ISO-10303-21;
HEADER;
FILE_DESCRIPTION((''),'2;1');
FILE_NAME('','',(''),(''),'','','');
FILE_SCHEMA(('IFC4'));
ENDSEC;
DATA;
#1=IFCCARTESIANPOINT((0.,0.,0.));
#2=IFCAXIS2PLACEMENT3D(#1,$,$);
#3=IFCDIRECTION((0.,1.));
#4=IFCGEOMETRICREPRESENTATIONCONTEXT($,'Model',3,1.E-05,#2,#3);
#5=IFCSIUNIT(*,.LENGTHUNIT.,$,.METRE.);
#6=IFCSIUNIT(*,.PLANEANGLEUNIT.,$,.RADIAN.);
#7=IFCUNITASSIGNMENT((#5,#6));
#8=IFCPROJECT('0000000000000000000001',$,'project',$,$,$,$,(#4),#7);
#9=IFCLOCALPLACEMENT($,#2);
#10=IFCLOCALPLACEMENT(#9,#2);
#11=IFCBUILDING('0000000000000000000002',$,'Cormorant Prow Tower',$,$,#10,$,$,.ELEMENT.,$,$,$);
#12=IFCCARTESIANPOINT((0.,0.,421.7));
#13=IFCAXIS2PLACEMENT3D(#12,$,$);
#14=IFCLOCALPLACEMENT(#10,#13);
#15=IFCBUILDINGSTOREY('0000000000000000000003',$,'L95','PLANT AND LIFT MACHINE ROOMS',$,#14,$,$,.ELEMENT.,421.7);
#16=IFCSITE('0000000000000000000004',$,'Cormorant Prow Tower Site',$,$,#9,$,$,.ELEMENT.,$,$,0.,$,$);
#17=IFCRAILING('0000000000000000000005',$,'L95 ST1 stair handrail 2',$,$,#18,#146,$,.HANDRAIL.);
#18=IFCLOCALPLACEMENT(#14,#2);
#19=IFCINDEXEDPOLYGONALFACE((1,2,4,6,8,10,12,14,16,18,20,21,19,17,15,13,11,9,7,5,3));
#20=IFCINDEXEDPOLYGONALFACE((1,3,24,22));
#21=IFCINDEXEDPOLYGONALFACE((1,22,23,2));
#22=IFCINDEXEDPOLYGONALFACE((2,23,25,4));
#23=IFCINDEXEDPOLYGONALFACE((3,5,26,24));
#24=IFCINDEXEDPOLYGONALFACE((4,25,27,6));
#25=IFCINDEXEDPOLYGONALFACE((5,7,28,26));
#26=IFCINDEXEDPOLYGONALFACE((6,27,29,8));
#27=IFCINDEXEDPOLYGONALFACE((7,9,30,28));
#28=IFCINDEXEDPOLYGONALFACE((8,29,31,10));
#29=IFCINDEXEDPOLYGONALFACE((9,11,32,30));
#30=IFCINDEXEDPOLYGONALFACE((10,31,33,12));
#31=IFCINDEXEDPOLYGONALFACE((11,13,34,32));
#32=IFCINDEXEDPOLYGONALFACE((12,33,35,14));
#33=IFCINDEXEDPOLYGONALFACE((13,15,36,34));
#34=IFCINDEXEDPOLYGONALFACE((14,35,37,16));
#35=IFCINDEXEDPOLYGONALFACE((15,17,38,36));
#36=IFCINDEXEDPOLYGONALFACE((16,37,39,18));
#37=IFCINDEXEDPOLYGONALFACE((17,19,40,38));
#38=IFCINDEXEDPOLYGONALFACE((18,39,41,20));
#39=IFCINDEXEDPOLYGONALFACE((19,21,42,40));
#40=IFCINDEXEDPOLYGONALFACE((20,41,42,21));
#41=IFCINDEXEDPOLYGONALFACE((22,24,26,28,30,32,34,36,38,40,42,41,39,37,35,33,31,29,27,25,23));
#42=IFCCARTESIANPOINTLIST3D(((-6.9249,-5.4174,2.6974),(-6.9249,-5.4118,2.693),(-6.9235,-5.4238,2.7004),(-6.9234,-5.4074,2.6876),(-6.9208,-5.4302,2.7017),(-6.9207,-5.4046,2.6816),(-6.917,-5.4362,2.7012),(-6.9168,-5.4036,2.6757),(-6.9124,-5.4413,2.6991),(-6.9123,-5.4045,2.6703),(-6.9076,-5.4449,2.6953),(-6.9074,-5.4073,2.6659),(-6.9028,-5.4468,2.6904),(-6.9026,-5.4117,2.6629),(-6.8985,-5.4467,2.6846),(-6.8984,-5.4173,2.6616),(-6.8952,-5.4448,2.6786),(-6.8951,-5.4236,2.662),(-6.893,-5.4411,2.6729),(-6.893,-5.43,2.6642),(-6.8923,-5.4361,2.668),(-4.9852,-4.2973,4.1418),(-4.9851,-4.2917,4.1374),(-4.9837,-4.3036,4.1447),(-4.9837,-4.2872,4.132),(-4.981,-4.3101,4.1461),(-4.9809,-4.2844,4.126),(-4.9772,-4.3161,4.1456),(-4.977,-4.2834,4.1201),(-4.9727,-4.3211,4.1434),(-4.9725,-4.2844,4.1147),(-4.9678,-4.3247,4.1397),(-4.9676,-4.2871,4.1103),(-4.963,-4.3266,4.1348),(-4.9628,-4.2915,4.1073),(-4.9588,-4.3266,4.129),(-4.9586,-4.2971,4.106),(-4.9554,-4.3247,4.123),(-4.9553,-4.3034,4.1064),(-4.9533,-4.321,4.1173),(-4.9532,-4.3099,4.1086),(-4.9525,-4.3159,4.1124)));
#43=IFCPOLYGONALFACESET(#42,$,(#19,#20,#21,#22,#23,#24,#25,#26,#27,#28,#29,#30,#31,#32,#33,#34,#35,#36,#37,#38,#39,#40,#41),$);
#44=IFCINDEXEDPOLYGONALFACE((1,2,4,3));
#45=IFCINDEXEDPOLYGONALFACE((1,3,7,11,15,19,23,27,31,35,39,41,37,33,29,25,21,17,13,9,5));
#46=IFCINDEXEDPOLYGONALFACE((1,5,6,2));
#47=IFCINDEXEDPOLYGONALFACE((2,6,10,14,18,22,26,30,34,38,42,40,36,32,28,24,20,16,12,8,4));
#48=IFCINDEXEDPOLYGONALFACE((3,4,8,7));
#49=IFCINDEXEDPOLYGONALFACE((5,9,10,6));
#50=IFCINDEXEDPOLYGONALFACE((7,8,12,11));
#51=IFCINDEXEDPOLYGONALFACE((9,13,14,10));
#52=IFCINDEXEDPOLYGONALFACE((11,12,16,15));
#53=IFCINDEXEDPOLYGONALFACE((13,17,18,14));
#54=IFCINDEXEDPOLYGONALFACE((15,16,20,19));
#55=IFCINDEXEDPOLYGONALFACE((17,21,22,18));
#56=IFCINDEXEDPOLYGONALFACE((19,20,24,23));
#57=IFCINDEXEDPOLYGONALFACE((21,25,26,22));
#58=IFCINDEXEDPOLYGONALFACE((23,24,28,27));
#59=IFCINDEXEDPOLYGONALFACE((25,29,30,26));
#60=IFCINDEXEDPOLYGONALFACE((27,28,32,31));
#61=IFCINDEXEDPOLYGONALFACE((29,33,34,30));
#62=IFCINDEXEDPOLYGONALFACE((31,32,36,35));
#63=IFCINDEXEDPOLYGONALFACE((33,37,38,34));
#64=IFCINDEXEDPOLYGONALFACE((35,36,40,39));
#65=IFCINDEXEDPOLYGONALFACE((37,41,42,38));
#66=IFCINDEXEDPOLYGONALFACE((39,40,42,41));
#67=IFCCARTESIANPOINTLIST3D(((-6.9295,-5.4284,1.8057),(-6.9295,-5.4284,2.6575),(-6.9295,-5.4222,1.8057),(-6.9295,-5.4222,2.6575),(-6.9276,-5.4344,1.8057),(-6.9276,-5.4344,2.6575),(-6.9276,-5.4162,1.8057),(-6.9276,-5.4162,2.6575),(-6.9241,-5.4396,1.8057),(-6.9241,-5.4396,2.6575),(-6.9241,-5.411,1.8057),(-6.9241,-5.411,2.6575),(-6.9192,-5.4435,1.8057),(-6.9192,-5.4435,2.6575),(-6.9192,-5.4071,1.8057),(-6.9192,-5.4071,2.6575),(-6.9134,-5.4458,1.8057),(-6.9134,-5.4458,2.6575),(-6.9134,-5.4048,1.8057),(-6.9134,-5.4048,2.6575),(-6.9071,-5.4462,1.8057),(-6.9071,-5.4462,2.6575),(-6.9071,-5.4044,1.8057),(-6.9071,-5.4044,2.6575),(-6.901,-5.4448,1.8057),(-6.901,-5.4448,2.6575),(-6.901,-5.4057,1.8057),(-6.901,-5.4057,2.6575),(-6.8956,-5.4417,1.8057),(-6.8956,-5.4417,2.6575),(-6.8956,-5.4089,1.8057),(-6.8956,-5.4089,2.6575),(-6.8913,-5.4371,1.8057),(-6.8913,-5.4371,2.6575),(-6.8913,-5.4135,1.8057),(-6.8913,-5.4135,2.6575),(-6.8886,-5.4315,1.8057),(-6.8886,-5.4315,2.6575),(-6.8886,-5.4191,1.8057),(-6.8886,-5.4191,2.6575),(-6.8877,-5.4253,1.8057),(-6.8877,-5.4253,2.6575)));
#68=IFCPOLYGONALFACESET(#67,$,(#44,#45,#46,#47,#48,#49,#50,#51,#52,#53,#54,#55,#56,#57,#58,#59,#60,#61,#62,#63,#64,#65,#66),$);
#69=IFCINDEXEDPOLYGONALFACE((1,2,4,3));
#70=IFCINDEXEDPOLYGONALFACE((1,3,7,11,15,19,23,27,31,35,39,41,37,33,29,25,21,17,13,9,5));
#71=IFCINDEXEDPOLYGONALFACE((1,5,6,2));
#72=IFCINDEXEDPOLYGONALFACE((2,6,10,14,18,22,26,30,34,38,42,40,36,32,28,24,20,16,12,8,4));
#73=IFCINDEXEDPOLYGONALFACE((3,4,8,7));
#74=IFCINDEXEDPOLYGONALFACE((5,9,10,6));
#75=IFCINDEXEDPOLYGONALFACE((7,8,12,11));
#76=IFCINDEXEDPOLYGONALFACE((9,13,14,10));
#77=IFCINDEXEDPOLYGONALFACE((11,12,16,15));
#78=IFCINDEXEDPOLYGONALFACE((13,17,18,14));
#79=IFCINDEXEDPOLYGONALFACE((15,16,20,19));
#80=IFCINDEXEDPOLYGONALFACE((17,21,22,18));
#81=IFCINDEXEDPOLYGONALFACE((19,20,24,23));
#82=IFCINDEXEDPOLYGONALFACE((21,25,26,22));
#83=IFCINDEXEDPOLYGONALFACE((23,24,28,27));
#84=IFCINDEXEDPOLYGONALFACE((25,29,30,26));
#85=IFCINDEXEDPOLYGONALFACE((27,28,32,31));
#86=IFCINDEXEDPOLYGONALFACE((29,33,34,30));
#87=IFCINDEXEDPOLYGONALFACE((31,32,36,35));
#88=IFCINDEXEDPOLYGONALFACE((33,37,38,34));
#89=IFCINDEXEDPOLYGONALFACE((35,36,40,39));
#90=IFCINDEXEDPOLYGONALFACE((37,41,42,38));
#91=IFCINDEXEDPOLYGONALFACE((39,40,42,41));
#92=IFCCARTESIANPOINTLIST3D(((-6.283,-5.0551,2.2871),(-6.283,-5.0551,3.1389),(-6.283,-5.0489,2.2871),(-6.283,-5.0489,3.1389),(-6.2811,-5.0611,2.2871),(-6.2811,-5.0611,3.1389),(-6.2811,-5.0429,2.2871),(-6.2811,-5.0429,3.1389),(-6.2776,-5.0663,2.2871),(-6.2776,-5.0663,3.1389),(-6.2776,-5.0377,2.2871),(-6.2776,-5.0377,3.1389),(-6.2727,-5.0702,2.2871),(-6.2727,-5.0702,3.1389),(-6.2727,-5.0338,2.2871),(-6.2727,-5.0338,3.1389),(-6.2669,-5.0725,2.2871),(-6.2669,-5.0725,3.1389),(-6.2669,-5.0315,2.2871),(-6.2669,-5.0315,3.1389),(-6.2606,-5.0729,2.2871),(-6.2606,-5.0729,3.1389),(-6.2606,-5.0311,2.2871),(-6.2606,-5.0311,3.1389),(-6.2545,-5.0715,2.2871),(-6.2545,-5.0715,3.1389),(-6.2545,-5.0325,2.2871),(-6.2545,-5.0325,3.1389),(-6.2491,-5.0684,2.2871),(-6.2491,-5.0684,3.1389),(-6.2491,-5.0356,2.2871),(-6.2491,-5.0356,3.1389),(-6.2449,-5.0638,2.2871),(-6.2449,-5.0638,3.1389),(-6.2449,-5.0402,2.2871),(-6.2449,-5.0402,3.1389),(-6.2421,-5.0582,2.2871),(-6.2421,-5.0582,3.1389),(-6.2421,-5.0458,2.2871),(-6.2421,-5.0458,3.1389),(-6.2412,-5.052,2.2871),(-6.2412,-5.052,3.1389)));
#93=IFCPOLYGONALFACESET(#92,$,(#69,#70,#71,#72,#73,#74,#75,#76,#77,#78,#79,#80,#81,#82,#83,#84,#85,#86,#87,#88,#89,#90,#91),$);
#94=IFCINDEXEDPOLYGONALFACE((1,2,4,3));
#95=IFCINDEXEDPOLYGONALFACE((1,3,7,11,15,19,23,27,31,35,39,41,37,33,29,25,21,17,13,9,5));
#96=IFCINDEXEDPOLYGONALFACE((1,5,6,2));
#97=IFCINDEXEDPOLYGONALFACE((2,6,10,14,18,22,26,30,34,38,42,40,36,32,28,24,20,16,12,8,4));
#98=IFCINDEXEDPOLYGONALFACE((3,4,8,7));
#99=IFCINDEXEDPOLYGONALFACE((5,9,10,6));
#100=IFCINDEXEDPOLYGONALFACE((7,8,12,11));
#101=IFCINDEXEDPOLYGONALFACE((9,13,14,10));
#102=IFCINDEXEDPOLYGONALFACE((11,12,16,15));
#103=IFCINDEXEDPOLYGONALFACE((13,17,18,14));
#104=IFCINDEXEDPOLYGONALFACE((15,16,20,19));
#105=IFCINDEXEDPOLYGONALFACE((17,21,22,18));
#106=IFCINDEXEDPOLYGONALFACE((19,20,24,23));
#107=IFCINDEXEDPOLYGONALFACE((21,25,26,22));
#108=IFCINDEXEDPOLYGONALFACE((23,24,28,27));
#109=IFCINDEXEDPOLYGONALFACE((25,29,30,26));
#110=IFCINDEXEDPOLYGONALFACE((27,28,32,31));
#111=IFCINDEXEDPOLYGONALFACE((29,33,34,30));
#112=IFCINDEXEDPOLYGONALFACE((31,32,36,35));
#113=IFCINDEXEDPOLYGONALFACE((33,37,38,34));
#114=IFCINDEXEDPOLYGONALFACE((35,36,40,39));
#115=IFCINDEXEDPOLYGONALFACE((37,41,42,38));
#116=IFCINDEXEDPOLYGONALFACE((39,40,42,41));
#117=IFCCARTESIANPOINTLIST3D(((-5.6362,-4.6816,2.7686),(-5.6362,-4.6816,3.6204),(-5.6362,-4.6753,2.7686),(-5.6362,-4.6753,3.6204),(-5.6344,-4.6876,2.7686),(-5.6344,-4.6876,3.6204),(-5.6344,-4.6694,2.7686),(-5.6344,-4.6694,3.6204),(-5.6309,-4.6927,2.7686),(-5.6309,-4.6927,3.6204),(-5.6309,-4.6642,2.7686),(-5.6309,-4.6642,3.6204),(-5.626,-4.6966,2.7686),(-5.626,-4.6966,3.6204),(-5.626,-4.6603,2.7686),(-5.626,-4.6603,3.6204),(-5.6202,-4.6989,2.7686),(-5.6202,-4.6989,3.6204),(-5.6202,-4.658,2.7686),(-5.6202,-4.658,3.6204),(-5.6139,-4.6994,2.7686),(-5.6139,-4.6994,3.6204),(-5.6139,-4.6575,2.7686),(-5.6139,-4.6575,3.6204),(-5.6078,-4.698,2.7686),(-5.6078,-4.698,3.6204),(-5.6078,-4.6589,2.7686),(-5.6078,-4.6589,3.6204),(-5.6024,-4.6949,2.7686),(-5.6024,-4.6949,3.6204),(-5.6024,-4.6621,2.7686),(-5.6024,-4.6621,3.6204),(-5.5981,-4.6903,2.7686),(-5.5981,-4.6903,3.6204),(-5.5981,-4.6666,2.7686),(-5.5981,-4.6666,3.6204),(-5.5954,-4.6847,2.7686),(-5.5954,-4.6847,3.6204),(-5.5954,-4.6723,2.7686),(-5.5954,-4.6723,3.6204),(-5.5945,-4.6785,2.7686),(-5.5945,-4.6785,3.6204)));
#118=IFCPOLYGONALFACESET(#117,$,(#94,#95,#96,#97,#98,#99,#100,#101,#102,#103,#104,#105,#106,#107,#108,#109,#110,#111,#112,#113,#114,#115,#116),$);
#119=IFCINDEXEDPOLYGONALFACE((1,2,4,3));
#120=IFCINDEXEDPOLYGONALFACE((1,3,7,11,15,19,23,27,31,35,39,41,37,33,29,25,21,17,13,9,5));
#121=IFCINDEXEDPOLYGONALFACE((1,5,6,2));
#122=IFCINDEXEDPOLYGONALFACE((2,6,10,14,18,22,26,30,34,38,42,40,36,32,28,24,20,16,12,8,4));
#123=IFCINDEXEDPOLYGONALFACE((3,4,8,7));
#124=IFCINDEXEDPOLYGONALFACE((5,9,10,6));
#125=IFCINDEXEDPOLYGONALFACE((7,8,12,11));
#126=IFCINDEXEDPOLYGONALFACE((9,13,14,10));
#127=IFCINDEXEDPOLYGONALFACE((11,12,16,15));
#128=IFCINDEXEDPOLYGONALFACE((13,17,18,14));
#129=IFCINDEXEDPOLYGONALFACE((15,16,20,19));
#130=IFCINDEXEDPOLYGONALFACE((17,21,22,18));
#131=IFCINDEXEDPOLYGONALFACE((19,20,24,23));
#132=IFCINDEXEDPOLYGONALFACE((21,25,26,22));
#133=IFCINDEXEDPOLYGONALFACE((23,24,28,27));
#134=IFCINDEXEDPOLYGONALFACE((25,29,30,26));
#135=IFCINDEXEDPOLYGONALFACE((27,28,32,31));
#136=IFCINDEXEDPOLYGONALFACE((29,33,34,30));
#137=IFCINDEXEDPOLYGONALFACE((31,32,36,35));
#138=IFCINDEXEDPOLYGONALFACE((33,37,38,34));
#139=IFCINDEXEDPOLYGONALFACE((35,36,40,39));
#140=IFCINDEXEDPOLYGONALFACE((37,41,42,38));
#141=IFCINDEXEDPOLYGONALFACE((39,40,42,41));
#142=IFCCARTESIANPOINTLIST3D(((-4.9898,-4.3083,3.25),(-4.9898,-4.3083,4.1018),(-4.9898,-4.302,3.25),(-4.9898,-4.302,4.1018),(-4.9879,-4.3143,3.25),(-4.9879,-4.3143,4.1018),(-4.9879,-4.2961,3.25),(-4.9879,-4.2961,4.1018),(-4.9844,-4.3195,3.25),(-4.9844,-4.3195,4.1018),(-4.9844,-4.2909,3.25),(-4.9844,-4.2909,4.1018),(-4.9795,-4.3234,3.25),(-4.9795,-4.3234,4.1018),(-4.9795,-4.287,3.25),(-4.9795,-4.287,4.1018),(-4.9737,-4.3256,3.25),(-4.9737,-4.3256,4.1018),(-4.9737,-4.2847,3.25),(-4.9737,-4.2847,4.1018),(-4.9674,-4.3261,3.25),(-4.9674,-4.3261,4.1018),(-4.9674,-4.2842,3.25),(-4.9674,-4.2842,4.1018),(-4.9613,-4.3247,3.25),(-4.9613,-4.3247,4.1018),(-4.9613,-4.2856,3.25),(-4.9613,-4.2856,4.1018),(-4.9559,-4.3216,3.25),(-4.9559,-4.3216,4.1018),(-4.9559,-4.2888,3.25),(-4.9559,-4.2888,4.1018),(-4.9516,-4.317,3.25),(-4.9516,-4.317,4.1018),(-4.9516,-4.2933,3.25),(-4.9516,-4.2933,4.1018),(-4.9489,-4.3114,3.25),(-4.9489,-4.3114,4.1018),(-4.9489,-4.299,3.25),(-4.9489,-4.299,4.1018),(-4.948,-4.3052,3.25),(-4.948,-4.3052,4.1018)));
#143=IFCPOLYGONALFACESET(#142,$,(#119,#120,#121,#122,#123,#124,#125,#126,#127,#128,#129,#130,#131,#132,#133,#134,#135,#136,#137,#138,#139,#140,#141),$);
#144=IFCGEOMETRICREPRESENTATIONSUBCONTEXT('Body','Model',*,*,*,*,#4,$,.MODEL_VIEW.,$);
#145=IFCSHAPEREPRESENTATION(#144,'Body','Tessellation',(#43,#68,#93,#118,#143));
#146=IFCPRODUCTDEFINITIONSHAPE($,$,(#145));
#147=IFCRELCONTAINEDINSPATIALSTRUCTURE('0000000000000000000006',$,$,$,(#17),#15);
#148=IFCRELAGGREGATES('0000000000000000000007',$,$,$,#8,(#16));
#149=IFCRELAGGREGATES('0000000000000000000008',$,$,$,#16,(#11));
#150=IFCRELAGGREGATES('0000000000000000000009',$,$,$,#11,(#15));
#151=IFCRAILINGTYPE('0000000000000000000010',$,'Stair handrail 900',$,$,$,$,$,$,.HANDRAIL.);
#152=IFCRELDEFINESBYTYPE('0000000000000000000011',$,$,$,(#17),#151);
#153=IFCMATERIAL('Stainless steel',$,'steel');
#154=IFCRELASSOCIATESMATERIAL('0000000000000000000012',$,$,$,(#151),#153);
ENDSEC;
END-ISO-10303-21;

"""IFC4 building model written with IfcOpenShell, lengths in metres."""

from ifc_helpers import new_model, si_unit, direction, frame, origin, origin_2d, place, context, subcontext, project, spatial, circle, extrude, material, type_object, element, save


model = new_model("IFC4")

# Units and contexts
model_context = context("Model", 3, precision=1e-05, world=origin(), true_north=direction((0.0, 1.0)))
body_context = subcontext(model_context, "Body", "Model", "MODEL_VIEW")
ifc_project = project(units=[si_unit("LENGTHUNIT", "METRE"), si_unit("PLANEANGLEUNIT", "RADIAN")], contexts=[model_context])

# Site, building, storey
site_placement = place(None, origin())
site = spatial("IfcSite", under=ifc_project, at=site_placement, Name="Cormorant Prow Tower Site", CompositionType="ELEMENT", RefElevation=0.0)
building_placement = place(site_placement, origin())
building = spatial("IfcBuilding", under=site, at=building_placement, Name="Cormorant Prow Tower", CompositionType="ELEMENT")
storey_placement = place(building_placement, frame((0.0, 0.0, 421.7)))
storey = spatial("IfcBuildingStorey", under=building, at=storey_placement, Name="L95", Description="PLANT AND LIFT MACHINE ROOMS", CompositionType="ELEMENT", Elevation=421.7)

# Railing
ifc_material_1 = material(Name="Stainless steel", Category="steel")
railing_type_1 = type_object("IfcRailingType", Name="Stair handrail 900", PredefinedType="HANDRAIL", material=ifc_material_1)
railing_1_placement = place(storey_placement, frame((-6.9087, -5.4253, 1.8057)))
element("IfcRailing", 1, at=railing_1_placement, inside=storey, type_object=railing_type_1, Name="L95 ST1 stair handrail 2", PredefinedType="HANDRAIL", context=body_context, shape_type="SweptSolid", body=[
    extrude(circle(Radius=0.0239, at=origin_2d()), frame((0.0, 0.0, 0.876), z_axis=(0.727792, 0.420278, 0.541928), x_axis=(-0.500078, 0.86598, 0.0)), (0.0, 0.0, 1.0), 2.6653),
    extrude(circle(Radius=0.021, at=origin_2d()), origin(), (0.0, 0.0, 1.0), 0.8518),
    extrude(circle(Radius=0.021, at=origin_2d()), frame((0.6465, 0.3733, 0.4814)), (0.0, 0.0, 1.0), 0.8518),
    extrude(circle(Radius=0.021, at=origin_2d()), frame((1.2932, 0.7468, 0.9629)), (0.0, 0.0, 1.0), 0.8518),
    extrude(circle(Radius=0.021, at=origin_2d()), frame((1.9397, 1.1201, 1.4443)), (0.0, 0.0, 1.0), 0.8518),
])

save(model, "model.ifc")
